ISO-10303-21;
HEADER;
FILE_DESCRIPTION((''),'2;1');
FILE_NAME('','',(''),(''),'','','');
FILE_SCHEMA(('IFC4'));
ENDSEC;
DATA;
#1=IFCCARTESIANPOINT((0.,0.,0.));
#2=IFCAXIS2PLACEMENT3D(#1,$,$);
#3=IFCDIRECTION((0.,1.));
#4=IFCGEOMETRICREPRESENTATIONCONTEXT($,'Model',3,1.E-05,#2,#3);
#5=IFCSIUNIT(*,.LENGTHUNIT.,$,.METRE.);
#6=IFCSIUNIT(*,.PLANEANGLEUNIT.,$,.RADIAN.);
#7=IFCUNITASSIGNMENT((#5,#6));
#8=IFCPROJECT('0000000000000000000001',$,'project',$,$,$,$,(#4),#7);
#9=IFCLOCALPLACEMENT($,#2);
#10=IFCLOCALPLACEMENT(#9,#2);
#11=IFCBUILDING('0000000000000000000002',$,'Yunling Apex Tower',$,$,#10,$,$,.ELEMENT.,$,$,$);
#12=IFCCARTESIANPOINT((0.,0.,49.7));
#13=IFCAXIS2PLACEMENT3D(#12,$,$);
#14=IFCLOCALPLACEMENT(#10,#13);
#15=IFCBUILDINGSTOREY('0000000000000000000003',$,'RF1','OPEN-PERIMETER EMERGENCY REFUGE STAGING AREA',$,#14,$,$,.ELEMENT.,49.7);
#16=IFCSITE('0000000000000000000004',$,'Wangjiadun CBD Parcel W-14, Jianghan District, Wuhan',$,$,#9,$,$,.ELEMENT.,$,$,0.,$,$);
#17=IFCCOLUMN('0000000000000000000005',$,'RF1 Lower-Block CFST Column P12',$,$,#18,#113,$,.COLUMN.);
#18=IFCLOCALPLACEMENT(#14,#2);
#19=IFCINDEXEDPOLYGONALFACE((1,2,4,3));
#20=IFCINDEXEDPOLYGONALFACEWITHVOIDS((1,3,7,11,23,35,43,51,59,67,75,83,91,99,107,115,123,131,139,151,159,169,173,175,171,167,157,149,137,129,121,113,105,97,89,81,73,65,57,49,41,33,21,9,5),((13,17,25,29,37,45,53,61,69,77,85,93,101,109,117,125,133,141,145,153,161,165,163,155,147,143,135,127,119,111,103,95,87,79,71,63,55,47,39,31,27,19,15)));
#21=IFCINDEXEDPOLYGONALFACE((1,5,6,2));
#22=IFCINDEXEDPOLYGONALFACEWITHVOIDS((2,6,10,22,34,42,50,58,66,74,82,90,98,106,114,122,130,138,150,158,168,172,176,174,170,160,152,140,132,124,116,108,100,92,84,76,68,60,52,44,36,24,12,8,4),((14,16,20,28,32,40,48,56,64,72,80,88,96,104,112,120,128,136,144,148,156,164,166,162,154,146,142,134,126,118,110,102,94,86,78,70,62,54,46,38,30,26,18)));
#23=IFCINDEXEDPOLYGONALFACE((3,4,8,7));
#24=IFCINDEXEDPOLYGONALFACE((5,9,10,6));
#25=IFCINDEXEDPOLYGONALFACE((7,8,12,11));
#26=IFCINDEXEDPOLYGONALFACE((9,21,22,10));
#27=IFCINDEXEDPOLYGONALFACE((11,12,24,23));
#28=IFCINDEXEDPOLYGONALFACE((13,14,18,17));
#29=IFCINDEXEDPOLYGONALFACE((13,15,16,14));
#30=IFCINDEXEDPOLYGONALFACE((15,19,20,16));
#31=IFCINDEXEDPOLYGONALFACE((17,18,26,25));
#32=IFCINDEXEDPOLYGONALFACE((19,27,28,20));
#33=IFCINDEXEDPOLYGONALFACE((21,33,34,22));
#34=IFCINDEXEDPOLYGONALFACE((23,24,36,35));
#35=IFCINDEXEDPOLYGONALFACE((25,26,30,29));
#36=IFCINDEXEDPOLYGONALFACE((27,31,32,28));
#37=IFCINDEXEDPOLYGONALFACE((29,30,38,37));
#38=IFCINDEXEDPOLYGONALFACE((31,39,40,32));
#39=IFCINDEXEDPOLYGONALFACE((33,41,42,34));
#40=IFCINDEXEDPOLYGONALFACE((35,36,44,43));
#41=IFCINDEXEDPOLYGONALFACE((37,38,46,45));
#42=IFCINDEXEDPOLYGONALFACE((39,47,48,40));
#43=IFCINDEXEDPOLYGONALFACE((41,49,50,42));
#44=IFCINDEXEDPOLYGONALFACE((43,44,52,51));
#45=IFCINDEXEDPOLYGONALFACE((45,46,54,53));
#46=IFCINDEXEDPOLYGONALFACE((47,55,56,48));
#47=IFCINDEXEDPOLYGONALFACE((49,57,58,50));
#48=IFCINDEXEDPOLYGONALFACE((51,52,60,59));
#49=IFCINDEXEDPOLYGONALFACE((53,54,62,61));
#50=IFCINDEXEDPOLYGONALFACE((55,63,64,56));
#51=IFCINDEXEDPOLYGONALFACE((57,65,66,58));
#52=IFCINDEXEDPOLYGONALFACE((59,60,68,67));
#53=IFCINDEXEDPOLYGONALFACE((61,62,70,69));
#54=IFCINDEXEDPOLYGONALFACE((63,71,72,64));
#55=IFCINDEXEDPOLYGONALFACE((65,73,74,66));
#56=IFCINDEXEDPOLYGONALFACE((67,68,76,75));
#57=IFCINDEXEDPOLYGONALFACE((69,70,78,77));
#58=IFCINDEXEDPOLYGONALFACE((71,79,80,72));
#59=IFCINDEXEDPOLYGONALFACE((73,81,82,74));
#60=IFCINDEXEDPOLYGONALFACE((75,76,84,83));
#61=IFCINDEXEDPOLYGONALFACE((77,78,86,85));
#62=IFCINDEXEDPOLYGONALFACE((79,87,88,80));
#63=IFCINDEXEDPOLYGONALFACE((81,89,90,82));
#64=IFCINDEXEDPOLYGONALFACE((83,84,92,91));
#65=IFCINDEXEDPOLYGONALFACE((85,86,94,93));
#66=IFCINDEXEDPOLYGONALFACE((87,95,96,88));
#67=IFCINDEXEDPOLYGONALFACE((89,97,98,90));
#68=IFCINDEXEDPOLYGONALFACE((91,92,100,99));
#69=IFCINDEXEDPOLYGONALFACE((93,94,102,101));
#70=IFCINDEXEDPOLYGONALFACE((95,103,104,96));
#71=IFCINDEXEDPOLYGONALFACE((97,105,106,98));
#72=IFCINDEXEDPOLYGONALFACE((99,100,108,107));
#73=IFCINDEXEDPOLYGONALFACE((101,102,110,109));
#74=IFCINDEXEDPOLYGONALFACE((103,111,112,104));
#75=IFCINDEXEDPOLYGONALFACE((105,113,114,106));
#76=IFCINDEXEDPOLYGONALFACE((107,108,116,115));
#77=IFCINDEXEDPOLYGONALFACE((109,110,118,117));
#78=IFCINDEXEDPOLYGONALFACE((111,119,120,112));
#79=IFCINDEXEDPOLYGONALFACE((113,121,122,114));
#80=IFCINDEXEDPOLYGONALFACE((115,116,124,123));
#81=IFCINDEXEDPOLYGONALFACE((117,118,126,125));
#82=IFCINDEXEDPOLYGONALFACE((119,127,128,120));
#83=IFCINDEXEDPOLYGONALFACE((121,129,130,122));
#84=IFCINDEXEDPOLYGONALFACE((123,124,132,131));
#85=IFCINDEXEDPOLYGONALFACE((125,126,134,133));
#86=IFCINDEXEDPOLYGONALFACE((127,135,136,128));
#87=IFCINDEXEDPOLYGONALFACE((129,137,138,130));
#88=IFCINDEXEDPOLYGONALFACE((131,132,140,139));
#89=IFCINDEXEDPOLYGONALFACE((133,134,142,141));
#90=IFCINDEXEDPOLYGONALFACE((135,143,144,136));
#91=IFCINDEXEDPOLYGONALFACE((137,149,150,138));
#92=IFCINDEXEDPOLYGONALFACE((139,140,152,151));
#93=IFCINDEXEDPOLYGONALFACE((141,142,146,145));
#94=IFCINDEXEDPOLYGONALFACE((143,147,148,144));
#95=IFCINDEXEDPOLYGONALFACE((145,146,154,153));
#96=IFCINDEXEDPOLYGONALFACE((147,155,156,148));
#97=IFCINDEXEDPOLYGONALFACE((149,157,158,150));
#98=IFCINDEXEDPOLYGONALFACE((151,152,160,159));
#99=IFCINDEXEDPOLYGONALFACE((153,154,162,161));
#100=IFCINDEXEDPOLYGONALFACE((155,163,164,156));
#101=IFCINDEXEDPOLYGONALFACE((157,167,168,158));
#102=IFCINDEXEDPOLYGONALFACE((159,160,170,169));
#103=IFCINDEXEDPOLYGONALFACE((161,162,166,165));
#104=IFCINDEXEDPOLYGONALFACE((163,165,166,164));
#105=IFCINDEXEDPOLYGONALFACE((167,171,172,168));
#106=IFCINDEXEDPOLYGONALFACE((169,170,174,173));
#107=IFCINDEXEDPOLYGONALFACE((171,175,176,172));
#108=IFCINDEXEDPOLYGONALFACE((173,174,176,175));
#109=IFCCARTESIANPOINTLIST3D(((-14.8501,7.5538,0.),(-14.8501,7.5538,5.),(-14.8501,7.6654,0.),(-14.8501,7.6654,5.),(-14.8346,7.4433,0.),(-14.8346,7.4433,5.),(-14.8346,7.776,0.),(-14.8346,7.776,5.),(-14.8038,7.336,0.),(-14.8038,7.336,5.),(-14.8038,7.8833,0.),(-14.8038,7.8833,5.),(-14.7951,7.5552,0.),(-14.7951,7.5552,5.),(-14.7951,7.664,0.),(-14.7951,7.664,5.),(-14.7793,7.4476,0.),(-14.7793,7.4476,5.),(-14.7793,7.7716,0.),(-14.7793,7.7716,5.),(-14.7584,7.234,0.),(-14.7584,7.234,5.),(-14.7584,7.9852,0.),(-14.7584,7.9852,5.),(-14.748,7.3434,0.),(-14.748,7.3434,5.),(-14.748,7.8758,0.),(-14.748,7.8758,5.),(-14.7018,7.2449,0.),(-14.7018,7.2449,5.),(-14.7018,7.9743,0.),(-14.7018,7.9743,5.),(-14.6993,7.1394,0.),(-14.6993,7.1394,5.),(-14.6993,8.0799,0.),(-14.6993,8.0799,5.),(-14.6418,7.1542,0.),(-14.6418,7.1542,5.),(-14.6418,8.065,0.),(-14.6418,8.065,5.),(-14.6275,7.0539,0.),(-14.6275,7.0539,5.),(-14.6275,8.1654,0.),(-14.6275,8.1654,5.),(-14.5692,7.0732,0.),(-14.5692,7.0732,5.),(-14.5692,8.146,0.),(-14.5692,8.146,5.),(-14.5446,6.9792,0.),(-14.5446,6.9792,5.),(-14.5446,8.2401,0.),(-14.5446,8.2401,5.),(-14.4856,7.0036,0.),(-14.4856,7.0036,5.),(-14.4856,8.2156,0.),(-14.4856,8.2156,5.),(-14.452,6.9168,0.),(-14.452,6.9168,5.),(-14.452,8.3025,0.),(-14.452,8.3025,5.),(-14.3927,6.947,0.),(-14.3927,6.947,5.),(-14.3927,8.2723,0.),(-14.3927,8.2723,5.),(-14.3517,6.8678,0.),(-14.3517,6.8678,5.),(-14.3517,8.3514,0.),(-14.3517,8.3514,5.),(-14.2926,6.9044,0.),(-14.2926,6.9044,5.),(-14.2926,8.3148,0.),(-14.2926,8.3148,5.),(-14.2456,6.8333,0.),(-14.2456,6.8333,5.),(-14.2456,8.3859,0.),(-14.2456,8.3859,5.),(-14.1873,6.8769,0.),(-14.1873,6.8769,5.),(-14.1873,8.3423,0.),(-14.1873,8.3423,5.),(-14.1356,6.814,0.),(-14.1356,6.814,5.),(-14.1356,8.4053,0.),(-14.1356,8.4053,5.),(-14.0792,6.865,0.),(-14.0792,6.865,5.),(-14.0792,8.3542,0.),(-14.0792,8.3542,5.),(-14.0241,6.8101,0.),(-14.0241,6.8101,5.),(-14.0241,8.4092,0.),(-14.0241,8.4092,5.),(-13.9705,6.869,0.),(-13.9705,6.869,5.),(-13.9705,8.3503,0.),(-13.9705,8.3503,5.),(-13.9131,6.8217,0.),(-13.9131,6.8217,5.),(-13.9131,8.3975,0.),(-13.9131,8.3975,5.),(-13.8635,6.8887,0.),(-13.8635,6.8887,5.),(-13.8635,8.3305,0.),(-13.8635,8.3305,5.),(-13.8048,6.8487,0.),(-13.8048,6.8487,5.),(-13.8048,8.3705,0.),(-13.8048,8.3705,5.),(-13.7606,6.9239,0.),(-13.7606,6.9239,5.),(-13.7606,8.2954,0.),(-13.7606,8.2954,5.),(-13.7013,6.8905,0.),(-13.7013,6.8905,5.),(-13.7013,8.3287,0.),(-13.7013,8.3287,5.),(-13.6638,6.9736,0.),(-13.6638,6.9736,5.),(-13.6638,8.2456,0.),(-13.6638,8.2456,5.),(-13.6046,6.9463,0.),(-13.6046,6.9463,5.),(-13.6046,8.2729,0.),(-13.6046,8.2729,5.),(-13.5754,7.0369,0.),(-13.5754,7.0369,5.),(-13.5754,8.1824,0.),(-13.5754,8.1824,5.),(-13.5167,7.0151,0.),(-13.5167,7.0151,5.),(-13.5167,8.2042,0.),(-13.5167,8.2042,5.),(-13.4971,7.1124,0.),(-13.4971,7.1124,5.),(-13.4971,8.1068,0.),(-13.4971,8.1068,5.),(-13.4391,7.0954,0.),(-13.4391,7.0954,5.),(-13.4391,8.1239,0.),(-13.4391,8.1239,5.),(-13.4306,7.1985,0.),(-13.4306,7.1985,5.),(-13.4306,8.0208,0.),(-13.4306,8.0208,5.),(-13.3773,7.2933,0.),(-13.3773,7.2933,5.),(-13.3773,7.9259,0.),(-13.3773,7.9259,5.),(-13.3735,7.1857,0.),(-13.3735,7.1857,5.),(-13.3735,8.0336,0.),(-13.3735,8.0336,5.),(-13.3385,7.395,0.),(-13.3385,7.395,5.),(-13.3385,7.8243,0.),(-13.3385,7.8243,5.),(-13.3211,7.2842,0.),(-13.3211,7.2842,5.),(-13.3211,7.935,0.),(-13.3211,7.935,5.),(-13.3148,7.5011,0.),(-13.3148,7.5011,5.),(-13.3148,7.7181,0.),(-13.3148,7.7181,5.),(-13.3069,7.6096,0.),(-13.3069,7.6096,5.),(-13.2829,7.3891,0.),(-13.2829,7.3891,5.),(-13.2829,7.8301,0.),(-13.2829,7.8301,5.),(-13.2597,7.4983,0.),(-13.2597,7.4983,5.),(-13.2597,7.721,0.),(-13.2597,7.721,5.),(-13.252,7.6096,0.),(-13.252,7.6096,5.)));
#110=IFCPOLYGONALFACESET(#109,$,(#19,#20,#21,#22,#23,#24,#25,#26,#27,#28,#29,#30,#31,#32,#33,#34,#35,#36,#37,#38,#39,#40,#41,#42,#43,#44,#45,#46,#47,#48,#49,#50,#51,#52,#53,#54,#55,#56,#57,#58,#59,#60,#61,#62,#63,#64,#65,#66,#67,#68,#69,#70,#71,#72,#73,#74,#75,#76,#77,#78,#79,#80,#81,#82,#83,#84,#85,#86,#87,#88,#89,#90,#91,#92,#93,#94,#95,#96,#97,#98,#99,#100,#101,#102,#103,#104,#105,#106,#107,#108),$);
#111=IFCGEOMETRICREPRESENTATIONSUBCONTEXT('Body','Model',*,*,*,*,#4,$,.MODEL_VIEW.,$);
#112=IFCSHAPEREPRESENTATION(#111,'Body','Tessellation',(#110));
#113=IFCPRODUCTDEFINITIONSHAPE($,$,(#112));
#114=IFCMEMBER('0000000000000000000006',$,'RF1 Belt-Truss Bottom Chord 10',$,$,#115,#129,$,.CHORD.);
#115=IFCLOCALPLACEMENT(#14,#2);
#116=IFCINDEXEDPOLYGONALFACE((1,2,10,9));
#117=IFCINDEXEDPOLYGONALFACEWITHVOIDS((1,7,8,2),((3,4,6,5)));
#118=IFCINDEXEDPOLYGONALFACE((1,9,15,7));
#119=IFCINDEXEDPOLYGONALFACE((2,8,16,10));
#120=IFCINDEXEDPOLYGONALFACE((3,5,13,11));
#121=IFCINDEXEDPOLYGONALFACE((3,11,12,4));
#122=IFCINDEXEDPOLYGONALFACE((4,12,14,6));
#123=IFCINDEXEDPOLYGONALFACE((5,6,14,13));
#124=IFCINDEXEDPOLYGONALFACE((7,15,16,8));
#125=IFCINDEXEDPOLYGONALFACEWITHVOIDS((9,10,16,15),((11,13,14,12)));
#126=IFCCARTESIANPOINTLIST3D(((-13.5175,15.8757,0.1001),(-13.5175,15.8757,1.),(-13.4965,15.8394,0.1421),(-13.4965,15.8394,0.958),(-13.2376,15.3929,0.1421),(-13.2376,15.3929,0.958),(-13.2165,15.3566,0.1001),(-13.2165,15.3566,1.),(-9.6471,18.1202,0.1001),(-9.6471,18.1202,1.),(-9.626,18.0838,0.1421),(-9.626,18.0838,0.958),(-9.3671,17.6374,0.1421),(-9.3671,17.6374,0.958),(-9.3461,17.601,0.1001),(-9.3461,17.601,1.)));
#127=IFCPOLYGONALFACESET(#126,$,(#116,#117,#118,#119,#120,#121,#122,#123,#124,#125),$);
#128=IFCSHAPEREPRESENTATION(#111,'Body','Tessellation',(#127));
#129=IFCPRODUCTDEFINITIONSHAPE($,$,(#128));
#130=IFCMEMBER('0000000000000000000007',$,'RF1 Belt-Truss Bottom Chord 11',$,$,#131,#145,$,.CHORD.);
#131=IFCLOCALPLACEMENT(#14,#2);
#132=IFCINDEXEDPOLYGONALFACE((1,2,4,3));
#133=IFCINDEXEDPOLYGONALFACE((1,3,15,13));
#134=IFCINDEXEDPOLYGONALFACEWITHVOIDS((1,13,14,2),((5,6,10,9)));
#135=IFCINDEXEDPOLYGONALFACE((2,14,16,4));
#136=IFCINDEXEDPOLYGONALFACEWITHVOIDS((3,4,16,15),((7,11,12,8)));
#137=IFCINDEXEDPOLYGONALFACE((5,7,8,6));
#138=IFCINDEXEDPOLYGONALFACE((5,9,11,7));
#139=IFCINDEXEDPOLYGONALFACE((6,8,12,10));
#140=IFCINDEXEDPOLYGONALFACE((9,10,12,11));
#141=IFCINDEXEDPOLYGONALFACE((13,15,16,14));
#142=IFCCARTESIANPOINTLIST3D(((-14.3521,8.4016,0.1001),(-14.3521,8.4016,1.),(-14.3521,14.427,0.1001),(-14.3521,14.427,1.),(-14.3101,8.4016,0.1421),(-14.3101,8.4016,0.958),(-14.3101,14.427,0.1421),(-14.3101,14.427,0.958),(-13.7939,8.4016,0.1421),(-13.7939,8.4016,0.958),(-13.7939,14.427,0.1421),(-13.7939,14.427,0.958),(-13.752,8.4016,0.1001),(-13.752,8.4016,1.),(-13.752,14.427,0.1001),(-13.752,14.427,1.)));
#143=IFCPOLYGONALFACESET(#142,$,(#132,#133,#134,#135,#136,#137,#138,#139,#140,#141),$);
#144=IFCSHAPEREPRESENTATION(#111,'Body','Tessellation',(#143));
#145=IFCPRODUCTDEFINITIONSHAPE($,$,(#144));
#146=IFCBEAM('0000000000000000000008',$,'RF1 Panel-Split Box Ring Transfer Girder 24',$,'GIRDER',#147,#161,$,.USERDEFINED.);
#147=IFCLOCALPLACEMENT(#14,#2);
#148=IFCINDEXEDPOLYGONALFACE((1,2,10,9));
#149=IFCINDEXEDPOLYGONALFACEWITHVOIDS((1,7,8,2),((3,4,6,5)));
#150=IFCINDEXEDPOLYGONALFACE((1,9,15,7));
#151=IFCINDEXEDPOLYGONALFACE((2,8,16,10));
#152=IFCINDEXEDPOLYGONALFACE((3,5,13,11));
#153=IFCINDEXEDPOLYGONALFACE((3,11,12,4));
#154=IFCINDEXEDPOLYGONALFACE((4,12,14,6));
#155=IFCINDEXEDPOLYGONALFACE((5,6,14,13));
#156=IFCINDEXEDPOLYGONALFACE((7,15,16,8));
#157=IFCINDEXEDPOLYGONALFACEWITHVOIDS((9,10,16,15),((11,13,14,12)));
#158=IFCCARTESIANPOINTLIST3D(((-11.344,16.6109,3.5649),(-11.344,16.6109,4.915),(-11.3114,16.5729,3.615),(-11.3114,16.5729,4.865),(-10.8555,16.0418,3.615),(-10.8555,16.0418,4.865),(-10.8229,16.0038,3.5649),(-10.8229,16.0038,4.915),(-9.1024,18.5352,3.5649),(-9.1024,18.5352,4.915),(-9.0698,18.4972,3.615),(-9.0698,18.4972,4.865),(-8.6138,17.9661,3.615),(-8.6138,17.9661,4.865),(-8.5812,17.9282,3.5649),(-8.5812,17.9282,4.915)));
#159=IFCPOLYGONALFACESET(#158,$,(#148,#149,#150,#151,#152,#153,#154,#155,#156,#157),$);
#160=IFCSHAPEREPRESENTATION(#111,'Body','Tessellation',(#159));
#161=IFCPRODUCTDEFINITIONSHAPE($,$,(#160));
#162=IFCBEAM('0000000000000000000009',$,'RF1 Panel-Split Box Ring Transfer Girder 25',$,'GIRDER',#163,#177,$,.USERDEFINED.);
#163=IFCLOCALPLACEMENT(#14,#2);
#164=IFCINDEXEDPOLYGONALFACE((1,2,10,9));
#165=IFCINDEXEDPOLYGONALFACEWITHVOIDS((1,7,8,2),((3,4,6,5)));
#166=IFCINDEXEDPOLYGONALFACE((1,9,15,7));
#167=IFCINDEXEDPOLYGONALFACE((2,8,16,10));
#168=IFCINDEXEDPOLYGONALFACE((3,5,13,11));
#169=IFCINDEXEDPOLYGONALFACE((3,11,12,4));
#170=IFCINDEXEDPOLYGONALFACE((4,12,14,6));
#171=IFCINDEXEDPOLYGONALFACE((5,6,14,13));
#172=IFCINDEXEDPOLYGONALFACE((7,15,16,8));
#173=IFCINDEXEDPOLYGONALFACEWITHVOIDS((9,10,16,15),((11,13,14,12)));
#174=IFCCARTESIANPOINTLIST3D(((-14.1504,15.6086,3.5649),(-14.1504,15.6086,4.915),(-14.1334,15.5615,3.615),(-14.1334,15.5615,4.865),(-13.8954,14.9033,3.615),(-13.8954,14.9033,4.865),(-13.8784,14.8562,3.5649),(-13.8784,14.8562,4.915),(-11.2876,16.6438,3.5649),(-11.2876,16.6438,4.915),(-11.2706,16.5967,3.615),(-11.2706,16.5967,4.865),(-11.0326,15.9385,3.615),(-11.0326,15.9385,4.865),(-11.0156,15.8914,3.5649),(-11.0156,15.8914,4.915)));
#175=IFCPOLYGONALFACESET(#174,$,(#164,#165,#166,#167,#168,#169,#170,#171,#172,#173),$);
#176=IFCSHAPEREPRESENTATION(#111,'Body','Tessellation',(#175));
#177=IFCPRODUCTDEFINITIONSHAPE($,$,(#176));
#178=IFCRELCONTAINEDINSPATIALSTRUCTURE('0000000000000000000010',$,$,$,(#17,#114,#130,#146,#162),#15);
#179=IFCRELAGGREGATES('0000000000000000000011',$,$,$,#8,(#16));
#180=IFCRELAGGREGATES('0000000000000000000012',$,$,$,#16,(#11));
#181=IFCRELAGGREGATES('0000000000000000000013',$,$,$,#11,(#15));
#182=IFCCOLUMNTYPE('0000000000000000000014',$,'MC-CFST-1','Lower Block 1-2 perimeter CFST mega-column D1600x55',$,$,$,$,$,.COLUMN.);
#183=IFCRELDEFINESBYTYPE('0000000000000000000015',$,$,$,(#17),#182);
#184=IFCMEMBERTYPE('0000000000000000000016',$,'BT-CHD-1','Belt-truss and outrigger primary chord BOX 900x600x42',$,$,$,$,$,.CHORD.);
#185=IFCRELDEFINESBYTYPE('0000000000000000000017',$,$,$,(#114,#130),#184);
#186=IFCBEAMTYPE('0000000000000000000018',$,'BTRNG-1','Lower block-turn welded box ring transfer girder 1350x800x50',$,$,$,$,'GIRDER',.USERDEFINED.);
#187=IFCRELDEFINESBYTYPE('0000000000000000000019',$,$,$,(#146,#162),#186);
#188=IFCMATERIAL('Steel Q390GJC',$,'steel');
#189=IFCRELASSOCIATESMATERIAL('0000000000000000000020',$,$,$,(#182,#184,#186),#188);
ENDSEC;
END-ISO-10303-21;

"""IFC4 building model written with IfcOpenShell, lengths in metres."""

from ifc_helpers import new_model, si_unit, direction, frame, origin, origin_2d, place, context, subcontext, project, spatial, hollow_rectangle, hollow_circle, extrude, source, transform, mapped, material, material_profile, profile_set, type_object, element, save


model = new_model("IFC4")

# Units and contexts
model_context = context("Model", 3, precision=1e-05, world=origin(), true_north=direction((0.0, 1.0)))
body_context = subcontext(model_context, "Body", "Model", "MODEL_VIEW")
ifc_project = project(units=[si_unit("LENGTHUNIT", "METRE"), si_unit("PLANEANGLEUNIT", "RADIAN")], contexts=[model_context])

# Site, building, storey
site_placement = place(None, origin())
site = spatial("IfcSite", under=ifc_project, at=site_placement, Name="Wangjiadun CBD Parcel W-14, Jianghan District, Wuhan", CompositionType="ELEMENT", RefElevation=0.0)
building_placement = place(site_placement, origin())
building = spatial("IfcBuilding", under=site, at=building_placement, Name="Yunling Apex Tower", CompositionType="ELEMENT")
storey_placement = place(building_placement, frame((0.0, 0.0, 49.7)))
storey = spatial("IfcBuildingStorey", under=building, at=storey_placement, Name="RF1", Description="OPEN-PERIMETER EMERGENCY REFUGE STAGING AREA", CompositionType="ELEMENT", Elevation=49.7)

# Column
ifc_material_1 = material(Name="Steel Q390GJC", Category="steel")
ifc_material_profile_1 = material_profile(ifc_material_1, hollow_circle(Radius=0.8, WallThickness=0.0549, at=origin_2d()))
ifc_profile_set_1 = profile_set([ifc_material_profile_1], Name="Steel Q390GJC")
column_type = type_object("IfcColumnType", Name="MC-CFST-1", Description="Lower Block 1-2 perimeter CFST mega-column D1600x55", PredefinedType="COLUMN", material=ifc_profile_set_1)
shared_shape_1 = source(origin(), body_context, "Body", "SweptSolid", [
    extrude(hollow_circle(Radius=0.8, WallThickness=0.0549, at=origin_2d()), origin(), (0.0, 0.0, 1.0), 5.0),
])
for number, where, z_axis, x_axis, name in (
    (1, (-14.052, 7.6096, 0.0), (0.0, 0.0, 1.0), (1.0, 0.0, 0.0), "RF1 Lower-Block CFST Column P12"),
):
    element("IfcColumn", number, at=place(storey_placement, frame(where, z_axis=z_axis, x_axis=x_axis)), inside=storey, type_object=column_type, Name=name, PredefinedType="COLUMN", context=body_context, shape_type="MappedRepresentation", body=[
        mapped(shared_shape_1, transform((0.0, 0.0, 0.0), scale=1.0)),
    ])

# Members
ifc_material_profile_2 = material_profile(ifc_material_1, hollow_rectangle(XDim=0.6001, YDim=0.8999, WallThickness=0.042, at=origin_2d()))
ifc_profile_set_2 = profile_set([ifc_material_profile_2], Name="Steel Q390GJC")
member_type_1 = type_object("IfcMemberType", Name="BT-CHD-1", Description="Belt-truss and outrigger primary chord BOX 900x600x42", PredefinedType="CHORD", material=ifc_profile_set_2)
shared_shape_2 = source(origin(), body_context, "Body", "SweptSolid", [
    extrude(hollow_rectangle(XDim=0.6001, YDim=0.8999, WallThickness=0.042, at=origin_2d()), origin(), (0.0, 0.0, 1.0), 4.4741),
])
member_1_placement = place(storey_placement, frame((-9.4966, 17.8606, 0.55), z_axis=(-0.865072, -0.501647, 0.0), x_axis=(0.501647, -0.865072, 0.0)))
element("IfcMember", 2, at=member_1_placement, inside=storey, type_object=member_type_1, Name="RF1 Belt-Truss Bottom Chord 10", PredefinedType="CHORD", context=body_context, shape_type="MappedRepresentation", body=[
    mapped(shared_shape_2, transform((0.0, 0.0, 0.0), scale=1.0)),
])
shared_shape_3 = source(origin(), body_context, "Body", "SweptSolid", [
    extrude(hollow_rectangle(XDim=0.6001, YDim=0.8999, WallThickness=0.042, at=origin_2d()), origin(), (0.0, 0.0, 1.0), 6.0254),
])
member_2_placement = place(storey_placement, frame((-14.052, 14.427, 0.55), z_axis=(0.0, -1.0, 0.0), x_axis=(1.0, 0.0, 0.0)))
element("IfcMember", 3, at=member_2_placement, inside=storey, type_object=member_type_1, Name="RF1 Belt-Truss Bottom Chord 11", PredefinedType="CHORD", context=body_context, shape_type="MappedRepresentation", body=[
    mapped(shared_shape_3, transform((0.0, 0.0, 0.0), scale=1.0)),
])

# Beams
ifc_material_profile_3 = material_profile(ifc_material_1, hollow_rectangle(XDim=0.8, YDim=1.3501, WallThickness=0.05, at=origin_2d()))
ifc_profile_set_3 = profile_set([ifc_material_profile_3], Name="Steel Q390GJC")
beam_type = type_object("IfcBeamType", Name="BTRNG-1", Description="Lower block-turn welded box ring transfer girder 1350x800x50", ElementType="GIRDER", PredefinedType="USERDEFINED", material=ifc_profile_set_3)
shared_shape_4 = source(origin(), body_context, "Body", "SweptSolid", [
    extrude(hollow_rectangle(XDim=0.8, YDim=1.3501, WallThickness=0.05, at=origin_2d()), origin(), (0.0, 0.0, 1.0), 2.9543),
])
beam_1_placement = place(storey_placement, frame((-8.8418, 18.2317, 4.24), z_axis=(-0.758778, -0.651349, 0.0), x_axis=(0.651349, -0.758778, 0.0)))
element("IfcBeam", 4, at=beam_1_placement, inside=storey, type_object=beam_type, Name="RF1 Panel-Split Box Ring Transfer Girder 24", ObjectType="GIRDER", PredefinedType="USERDEFINED", context=body_context, shape_type="MappedRepresentation", body=[
    mapped(shared_shape_4, transform((0.0, 0.0, 0.0), scale=1.0)),
])
shared_shape_5 = source(origin(), body_context, "Body", "SweptSolid", [
    extrude(hollow_rectangle(XDim=0.8, YDim=1.3501, WallThickness=0.05, at=origin_2d()), origin(), (0.0, 0.0, 1.0), 3.0442),
])
beam_2_placement = place(storey_placement, frame((-11.1516, 16.2676, 4.24), z_axis=(-0.94041, -0.340043, 0.0), x_axis=(0.340043, -0.94041, 0.0)))
element("IfcBeam", 5, at=beam_2_placement, inside=storey, type_object=beam_type, Name="RF1 Panel-Split Box Ring Transfer Girder 25", ObjectType="GIRDER", PredefinedType="USERDEFINED", context=body_context, shape_type="MappedRepresentation", body=[
    mapped(shared_shape_5, transform((0.0, 0.0, 0.0), scale=1.0)),
])

save(model, "model.ifc")
